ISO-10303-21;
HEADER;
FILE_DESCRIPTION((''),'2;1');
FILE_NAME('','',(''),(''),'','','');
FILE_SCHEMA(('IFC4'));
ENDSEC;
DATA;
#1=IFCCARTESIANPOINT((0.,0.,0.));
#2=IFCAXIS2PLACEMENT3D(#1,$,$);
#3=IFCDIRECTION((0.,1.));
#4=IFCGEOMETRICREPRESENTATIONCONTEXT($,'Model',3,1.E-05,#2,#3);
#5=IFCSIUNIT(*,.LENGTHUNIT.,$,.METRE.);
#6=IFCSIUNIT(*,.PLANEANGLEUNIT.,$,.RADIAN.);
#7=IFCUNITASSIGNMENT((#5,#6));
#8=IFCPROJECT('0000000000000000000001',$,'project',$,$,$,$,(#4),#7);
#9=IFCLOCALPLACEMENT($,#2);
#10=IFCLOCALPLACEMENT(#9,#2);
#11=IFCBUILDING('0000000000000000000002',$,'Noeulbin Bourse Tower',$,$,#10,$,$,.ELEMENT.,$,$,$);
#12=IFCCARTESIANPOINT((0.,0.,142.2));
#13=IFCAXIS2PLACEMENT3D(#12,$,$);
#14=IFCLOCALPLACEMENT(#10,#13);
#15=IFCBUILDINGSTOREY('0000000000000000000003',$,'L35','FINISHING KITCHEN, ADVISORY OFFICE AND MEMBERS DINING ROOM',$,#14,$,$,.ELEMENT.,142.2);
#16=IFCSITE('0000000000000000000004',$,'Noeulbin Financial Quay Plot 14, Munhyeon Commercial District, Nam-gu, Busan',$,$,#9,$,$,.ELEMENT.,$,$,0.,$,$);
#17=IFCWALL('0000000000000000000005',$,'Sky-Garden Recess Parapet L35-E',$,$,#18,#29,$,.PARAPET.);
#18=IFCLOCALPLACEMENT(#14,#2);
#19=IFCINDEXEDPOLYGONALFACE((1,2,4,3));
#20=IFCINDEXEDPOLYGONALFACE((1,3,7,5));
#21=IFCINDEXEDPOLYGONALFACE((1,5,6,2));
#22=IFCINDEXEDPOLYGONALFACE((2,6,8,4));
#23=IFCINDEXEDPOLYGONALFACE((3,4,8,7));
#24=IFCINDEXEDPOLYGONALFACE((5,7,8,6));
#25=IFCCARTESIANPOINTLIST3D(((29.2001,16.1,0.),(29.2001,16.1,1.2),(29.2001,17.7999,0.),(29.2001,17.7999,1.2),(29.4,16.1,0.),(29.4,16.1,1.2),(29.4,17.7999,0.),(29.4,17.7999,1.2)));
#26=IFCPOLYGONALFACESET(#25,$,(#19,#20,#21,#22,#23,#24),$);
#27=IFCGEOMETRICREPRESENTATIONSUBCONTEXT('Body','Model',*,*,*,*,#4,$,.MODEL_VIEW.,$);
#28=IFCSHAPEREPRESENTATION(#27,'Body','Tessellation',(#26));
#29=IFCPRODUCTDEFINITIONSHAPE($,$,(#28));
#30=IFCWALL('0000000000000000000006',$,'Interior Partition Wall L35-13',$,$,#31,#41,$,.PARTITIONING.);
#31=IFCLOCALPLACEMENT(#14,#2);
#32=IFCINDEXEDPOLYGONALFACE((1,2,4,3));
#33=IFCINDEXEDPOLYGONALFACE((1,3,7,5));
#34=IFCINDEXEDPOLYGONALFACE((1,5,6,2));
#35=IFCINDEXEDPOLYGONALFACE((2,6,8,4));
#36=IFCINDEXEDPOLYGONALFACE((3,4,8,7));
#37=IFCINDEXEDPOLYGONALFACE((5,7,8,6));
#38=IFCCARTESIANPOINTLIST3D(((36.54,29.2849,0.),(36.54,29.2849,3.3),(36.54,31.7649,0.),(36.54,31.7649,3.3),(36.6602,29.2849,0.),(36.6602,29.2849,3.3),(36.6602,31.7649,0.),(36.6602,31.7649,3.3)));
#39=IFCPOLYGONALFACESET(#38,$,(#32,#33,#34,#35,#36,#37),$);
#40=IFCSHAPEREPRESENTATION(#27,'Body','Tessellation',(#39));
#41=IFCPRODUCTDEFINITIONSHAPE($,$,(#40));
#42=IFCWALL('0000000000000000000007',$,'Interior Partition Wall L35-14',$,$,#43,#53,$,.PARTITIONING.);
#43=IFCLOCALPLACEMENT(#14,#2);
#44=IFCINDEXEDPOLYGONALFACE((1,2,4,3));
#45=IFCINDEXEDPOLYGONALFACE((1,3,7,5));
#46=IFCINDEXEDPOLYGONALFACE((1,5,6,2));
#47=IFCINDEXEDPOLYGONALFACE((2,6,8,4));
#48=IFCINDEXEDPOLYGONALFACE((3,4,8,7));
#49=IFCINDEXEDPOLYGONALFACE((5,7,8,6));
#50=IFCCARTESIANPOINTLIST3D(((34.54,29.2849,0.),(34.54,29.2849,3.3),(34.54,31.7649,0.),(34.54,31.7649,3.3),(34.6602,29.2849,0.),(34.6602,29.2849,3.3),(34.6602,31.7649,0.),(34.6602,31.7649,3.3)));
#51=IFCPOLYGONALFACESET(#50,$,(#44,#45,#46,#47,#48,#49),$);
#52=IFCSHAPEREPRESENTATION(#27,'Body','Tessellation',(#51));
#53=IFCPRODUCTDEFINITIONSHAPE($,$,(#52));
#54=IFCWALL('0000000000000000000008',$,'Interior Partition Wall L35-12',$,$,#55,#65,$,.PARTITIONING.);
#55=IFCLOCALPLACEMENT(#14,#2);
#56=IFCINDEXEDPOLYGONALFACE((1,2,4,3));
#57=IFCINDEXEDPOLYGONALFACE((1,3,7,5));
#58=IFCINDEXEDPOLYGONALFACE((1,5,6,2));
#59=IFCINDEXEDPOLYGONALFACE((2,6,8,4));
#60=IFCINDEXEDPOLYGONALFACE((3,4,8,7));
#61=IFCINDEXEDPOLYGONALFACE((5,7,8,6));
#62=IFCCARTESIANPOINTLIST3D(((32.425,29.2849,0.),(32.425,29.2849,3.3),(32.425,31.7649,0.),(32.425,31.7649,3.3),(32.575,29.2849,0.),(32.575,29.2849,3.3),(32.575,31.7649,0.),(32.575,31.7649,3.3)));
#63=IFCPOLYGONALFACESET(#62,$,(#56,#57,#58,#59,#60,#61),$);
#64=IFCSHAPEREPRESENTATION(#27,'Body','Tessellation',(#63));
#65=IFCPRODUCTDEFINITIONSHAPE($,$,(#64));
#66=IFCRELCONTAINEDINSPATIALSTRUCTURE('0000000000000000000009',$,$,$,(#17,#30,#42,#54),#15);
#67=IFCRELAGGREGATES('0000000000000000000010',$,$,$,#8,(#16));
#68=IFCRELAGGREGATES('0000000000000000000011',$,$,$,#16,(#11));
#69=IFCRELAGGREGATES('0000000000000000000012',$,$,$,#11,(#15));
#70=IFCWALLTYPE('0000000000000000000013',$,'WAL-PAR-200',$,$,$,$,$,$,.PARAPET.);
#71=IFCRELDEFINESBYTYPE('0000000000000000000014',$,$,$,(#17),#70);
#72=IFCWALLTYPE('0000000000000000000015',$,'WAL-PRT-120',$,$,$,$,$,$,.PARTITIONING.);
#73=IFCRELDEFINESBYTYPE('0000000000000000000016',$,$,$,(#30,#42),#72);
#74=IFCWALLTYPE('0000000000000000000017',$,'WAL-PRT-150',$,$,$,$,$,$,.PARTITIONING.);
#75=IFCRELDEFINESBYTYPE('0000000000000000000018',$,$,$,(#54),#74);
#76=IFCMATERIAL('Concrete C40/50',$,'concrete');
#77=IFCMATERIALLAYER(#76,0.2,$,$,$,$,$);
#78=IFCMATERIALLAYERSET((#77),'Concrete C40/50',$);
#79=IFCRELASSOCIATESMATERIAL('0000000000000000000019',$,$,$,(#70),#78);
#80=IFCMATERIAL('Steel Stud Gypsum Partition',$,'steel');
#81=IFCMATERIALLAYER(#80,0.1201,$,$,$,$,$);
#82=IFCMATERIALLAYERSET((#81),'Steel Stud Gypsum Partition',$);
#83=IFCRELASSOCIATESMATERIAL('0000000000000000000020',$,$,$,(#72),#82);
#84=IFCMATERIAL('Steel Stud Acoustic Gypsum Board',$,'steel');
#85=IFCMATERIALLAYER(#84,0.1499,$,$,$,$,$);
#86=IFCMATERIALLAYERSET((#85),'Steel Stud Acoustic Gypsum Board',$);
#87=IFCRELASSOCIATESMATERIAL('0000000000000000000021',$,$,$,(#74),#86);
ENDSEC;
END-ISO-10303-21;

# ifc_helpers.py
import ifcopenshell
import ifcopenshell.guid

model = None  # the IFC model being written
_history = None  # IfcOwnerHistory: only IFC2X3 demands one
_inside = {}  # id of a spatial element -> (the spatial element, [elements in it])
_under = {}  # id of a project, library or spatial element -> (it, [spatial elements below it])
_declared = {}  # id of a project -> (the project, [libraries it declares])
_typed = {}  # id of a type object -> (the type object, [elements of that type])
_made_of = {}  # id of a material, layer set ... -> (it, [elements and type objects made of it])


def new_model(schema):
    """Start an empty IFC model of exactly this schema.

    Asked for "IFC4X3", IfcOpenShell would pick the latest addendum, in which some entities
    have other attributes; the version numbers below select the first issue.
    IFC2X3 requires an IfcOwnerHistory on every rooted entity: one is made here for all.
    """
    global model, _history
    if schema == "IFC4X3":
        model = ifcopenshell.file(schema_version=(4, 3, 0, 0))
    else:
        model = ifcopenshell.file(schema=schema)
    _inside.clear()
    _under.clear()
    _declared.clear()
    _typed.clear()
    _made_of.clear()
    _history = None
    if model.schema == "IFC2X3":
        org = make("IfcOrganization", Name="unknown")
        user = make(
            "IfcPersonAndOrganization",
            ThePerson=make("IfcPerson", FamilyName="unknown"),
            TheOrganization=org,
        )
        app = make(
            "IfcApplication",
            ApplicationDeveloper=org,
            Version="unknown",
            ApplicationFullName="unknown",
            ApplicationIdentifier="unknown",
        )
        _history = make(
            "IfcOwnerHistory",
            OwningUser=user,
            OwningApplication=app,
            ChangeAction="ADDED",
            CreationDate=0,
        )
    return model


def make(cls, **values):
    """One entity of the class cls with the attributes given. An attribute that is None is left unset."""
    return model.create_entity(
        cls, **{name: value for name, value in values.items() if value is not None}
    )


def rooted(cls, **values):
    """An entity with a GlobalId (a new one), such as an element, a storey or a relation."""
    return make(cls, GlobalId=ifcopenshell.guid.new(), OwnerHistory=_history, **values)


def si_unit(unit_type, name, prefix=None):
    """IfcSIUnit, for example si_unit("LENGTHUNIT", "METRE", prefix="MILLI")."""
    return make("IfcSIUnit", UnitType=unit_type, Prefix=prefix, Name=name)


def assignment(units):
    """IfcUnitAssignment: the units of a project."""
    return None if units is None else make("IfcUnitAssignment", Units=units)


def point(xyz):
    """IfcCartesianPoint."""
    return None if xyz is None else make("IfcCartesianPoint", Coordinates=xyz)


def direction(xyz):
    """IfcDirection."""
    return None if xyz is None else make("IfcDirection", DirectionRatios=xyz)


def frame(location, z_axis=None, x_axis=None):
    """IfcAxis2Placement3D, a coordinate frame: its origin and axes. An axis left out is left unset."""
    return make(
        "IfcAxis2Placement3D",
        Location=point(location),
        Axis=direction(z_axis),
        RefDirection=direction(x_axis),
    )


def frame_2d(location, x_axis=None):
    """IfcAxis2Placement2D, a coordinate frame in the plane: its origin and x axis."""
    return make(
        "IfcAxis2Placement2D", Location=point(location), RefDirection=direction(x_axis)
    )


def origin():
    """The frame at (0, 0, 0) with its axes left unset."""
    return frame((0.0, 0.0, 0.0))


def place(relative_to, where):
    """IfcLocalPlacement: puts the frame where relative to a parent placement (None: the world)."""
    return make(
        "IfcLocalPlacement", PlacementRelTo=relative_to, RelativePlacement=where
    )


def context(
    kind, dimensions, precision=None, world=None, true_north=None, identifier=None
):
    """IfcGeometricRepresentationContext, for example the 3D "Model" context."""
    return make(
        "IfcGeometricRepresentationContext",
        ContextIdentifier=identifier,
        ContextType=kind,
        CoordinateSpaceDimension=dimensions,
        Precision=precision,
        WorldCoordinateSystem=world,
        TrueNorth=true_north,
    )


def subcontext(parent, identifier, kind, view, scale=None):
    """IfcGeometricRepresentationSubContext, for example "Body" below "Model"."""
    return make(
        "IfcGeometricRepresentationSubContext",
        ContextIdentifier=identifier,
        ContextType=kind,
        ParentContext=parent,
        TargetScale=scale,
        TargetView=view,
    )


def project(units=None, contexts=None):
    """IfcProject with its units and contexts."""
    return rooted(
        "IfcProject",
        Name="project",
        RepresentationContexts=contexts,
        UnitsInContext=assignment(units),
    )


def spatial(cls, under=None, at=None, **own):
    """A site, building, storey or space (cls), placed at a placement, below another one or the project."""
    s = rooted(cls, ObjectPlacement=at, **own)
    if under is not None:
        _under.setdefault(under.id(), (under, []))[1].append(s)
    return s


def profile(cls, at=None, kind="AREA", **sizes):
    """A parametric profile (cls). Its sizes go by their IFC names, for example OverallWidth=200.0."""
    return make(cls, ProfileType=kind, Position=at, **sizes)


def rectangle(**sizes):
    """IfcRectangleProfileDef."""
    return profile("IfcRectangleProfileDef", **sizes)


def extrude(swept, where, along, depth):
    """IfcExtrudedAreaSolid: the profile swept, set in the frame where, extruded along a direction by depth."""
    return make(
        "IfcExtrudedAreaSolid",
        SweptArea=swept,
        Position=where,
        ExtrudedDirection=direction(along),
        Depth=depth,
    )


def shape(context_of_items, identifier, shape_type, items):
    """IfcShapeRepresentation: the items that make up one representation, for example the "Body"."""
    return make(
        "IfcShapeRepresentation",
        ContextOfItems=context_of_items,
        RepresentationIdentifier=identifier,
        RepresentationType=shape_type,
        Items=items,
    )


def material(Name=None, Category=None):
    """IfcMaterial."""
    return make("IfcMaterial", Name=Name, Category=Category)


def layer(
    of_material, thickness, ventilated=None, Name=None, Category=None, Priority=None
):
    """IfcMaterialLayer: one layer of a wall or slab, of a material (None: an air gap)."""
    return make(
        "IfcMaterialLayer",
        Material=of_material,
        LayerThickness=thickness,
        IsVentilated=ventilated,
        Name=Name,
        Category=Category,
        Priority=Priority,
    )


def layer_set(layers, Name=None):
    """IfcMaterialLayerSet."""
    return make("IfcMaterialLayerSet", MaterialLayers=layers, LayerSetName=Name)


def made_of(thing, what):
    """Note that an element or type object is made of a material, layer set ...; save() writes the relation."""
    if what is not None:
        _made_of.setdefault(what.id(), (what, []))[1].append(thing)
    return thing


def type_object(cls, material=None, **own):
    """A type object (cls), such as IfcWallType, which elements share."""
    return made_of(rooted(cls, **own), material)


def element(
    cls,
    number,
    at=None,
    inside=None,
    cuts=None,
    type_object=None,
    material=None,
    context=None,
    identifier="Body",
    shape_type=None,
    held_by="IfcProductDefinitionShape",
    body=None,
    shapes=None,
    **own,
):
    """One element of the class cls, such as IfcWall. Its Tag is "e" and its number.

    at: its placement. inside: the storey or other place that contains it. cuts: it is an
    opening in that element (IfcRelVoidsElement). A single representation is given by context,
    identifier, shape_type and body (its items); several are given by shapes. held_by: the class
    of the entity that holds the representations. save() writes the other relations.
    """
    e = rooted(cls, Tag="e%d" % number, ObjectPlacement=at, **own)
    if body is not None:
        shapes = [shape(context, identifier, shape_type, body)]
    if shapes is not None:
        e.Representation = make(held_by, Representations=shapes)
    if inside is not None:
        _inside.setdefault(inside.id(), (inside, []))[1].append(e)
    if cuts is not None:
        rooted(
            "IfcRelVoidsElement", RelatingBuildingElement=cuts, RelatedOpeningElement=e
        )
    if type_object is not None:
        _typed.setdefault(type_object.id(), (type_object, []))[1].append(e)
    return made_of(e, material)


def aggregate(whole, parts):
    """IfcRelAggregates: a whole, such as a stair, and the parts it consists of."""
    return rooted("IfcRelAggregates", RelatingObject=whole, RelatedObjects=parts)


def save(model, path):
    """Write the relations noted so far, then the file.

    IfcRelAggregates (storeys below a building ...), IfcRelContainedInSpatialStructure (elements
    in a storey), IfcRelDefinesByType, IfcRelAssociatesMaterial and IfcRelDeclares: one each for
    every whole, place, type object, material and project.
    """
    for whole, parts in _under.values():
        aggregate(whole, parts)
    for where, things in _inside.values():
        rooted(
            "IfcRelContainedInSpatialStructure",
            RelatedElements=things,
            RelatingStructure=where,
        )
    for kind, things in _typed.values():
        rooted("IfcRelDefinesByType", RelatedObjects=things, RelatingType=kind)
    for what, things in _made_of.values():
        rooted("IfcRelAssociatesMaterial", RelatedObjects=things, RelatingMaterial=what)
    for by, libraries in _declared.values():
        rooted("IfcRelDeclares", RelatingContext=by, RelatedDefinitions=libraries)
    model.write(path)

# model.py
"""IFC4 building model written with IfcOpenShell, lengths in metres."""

from ifc_helpers import new_model, si_unit, direction, frame, frame_2d, origin, place, context, subcontext, project, spatial, rectangle, extrude, material, layer, layer_set, type_object, element, save


model = new_model("IFC4")

# Units and contexts
model_context = context("Model", 3, precision=1e-05, world=origin(), true_north=direction((0.0, 1.0)))
body_context = subcontext(model_context, "Body", "Model", "MODEL_VIEW")
ifc_project = project(units=[si_unit("LENGTHUNIT", "METRE"), si_unit("PLANEANGLEUNIT", "RADIAN")], contexts=[model_context])

# Site, building, storey
site_placement = place(None, origin())
site = spatial("IfcSite", under=ifc_project, at=site_placement, Name="Noeulbin Financial Quay Plot 14, Munhyeon Commercial District, Nam-gu, Busan", CompositionType="ELEMENT", RefElevation=0.0)
building_placement = place(site_placement, origin())
building = spatial("IfcBuilding", under=site, at=building_placement, Name="Noeulbin Bourse Tower", CompositionType="ELEMENT")
storey_placement = place(building_placement, frame((0.0, 0.0, 142.2)))
storey = spatial("IfcBuildingStorey", under=building, at=storey_placement, Name="L35", Description="FINISHING KITCHEN, ADVISORY OFFICE AND MEMBERS DINING ROOM", CompositionType="ELEMENT", Elevation=142.2)

# Walls
ifc_material_1 = material(Name="Concrete C40/50", Category="concrete")
ifc_layer_1 = layer(ifc_material_1, 0.2)
ifc_layer_set_1 = layer_set([ifc_layer_1], Name="Concrete C40/50")
wall_type_1 = type_object("IfcWallType", Name="WAL-PAR-200", PredefinedType="PARAPET", material=ifc_layer_set_1)
wall_1_placement = place(storey_placement, frame((29.3, 17.8, 0.0), z_axis=(0.0, 0.0, 1.0), x_axis=(0.0, -1.0, 0.0)))
element("IfcWall", 1, at=wall_1_placement, inside=storey, type_object=wall_type_1, Name="Sky-Garden Recess Parapet L35-E", PredefinedType="PARAPET", context=body_context, shape_type="SweptSolid", body=[
    extrude(rectangle(XDim=1.7, YDim=0.2, at=frame_2d((0.8501, 0.0))), origin(), (0.0, 0.0, 1.0), 1.2),
])
ifc_material_2 = material(Name="Steel Stud Gypsum Partition", Category="steel")
ifc_layer_2 = layer(ifc_material_2, 0.1201)
ifc_layer_set_2 = layer_set([ifc_layer_2], Name="Steel Stud Gypsum Partition")
wall_type_2 = type_object("IfcWallType", Name="WAL-PRT-120", PredefinedType="PARTITIONING", material=ifc_layer_set_2)
for number, where, z_axis, x_axis, name in (
    (2, (36.6001, 29.2849, 0.0), (0.0, 0.0, 1.0), (0.0, 1.0, 0.0), "Interior Partition Wall L35-13"),
    (3, (34.6001, 29.2849, 0.0), (0.0, 0.0, 1.0), (0.0, 1.0, 0.0), "Interior Partition Wall L35-14"),
):
    element("IfcWall", number, at=place(storey_placement, frame(where, z_axis=z_axis, x_axis=x_axis)), inside=storey, type_object=wall_type_2, Name=name, PredefinedType="PARTITIONING", context=body_context, shape_type="SweptSolid", body=[
        extrude(rectangle(XDim=2.48, YDim=0.1201, at=frame_2d((1.24, 0.0))), origin(), (0.0, 0.0, 1.0), 3.3),
    ])
ifc_material_3 = material(Name="Steel Stud Acoustic Gypsum Board", Category="steel")
ifc_layer_3 = layer(ifc_material_3, 0.1499)
ifc_layer_set_3 = layer_set([ifc_layer_3], Name="Steel Stud Acoustic Gypsum Board")
wall_type_3 = type_object("IfcWallType", Name="WAL-PRT-150", PredefinedType="PARTITIONING", material=ifc_layer_set_3)
wall_2_placement = place(storey_placement, frame((32.5, 29.2849, 0.0), z_axis=(0.0, 0.0, 1.0), x_axis=(0.0, 1.0, 0.0)))
element("IfcWall", 4, at=wall_2_placement, inside=storey, type_object=wall_type_3, Name="Interior Partition Wall L35-12", PredefinedType="PARTITIONING", context=body_context, shape_type="SweptSolid", body=[
    extrude(rectangle(XDim=2.48, YDim=0.1499, at=frame_2d((1.24, 0.0))), origin(), (0.0, 0.0, 1.0), 3.3),
])

save(model, "model.ifc")
